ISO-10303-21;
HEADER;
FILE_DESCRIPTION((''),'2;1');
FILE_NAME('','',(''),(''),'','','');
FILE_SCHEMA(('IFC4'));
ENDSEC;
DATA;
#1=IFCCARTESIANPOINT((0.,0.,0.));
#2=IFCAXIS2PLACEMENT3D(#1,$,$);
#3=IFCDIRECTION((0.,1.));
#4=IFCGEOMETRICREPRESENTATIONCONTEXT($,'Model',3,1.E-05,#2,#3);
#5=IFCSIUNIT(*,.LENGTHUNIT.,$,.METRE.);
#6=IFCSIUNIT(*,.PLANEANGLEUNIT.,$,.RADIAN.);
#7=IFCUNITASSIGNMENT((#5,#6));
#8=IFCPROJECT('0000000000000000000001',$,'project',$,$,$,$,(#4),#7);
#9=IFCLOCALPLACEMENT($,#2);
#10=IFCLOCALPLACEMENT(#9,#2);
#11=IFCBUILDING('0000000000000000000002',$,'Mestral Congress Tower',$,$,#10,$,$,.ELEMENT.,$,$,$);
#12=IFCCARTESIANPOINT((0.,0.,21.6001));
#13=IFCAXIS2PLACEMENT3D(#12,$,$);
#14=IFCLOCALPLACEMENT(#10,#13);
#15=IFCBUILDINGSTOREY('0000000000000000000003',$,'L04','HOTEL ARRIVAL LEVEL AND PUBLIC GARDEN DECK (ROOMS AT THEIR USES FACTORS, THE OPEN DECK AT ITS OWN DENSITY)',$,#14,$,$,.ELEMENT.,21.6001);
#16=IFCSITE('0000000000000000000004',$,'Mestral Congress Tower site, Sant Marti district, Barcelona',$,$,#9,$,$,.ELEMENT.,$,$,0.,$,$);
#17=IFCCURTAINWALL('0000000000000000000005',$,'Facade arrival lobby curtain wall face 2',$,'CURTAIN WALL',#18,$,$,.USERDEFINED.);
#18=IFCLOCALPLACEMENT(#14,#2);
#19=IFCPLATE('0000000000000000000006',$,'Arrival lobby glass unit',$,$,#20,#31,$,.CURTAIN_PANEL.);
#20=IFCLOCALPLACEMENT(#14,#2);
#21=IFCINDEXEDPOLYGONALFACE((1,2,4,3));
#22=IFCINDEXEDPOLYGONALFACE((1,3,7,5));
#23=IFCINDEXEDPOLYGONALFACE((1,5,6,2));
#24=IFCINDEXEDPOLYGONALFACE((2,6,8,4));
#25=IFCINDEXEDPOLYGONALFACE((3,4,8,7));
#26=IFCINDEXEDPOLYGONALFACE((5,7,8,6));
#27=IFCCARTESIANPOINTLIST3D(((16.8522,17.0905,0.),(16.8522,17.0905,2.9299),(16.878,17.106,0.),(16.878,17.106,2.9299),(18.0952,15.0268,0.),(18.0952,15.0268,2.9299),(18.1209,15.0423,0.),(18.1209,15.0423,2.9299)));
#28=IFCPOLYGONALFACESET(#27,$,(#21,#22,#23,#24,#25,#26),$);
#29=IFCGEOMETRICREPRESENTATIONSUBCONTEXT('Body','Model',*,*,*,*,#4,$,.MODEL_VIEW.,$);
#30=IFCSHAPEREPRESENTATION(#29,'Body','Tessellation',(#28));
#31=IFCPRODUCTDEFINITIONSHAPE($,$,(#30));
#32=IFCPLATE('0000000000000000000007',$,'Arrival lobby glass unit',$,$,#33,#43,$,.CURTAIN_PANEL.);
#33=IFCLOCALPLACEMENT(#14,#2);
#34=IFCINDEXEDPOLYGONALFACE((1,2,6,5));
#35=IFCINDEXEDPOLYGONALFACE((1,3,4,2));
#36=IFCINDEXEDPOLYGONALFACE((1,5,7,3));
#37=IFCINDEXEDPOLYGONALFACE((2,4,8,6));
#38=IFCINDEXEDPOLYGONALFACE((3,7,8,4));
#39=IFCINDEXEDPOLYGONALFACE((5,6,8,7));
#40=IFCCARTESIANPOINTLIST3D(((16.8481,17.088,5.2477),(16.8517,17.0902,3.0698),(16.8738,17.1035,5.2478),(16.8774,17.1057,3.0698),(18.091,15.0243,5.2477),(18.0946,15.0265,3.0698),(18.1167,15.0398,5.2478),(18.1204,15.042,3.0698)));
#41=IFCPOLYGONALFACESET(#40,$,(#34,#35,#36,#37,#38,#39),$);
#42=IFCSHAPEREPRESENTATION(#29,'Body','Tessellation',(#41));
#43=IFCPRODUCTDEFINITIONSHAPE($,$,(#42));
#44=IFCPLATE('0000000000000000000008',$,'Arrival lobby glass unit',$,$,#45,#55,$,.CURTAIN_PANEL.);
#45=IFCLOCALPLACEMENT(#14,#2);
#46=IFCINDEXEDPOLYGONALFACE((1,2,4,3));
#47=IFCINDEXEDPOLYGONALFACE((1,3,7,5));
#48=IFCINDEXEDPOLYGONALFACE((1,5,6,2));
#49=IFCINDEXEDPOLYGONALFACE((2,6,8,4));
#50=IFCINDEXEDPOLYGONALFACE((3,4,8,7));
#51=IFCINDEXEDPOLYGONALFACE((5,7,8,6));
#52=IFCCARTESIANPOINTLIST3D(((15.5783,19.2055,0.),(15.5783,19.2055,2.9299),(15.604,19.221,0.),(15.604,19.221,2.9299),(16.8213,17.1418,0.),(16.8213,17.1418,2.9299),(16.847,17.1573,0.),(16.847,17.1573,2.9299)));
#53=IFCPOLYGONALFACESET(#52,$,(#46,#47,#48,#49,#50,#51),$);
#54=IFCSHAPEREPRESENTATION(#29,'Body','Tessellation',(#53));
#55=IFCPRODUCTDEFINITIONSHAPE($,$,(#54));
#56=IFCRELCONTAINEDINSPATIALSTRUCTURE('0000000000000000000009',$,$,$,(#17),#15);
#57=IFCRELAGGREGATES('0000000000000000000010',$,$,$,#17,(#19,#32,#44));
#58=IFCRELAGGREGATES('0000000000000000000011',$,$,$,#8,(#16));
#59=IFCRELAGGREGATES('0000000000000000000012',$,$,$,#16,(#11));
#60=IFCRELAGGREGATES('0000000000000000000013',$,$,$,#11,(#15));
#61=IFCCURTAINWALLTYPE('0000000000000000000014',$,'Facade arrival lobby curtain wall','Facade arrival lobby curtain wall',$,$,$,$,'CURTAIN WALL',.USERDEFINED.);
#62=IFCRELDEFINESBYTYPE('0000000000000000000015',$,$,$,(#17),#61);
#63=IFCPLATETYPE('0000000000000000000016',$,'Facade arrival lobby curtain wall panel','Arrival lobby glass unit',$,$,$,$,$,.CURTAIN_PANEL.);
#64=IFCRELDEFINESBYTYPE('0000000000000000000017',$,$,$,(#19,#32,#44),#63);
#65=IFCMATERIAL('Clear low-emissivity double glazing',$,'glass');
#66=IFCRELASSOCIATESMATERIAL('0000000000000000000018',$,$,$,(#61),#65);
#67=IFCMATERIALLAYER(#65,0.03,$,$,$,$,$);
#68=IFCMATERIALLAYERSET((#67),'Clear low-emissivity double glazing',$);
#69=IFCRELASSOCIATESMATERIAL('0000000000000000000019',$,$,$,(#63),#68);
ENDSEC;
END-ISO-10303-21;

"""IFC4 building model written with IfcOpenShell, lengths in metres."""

from ifc_helpers import new_model, si_unit, direction, frame, origin, origin_2d, place, context, subcontext, project, spatial, polyline, rectangle, outline, extrude, material, layer, layer_set, type_object, element, aggregate, save


model = new_model("IFC4")

# Units and contexts
model_context = context("Model", 3, precision=1e-05, world=origin(), true_north=direction((0.0, 1.0)))
body_context = subcontext(model_context, "Body", "Model", "MODEL_VIEW")
ifc_project = project(units=[si_unit("LENGTHUNIT", "METRE"), si_unit("PLANEANGLEUNIT", "RADIAN")], contexts=[model_context])

# Site, building, storey
site_placement = place(None, origin())
site = spatial("IfcSite", under=ifc_project, at=site_placement, Name="Mestral Congress Tower site, Sant Marti district, Barcelona", CompositionType="ELEMENT", RefElevation=0.0)
building_placement = place(site_placement, origin())
building = spatial("IfcBuilding", under=site, at=building_placement, Name="Mestral Congress Tower", CompositionType="ELEMENT")
storey_placement = place(building_placement, frame((0.0, 0.0, 21.6001)))
storey = spatial("IfcBuildingStorey", under=building, at=storey_placement, Name="L04", Description="HOTEL ARRIVAL LEVEL AND PUBLIC GARDEN DECK (ROOMS AT THEIR USES FACTORS, THE OPEN DECK AT ITS OWN DENSITY)", CompositionType="ELEMENT", Elevation=21.6001)

# Curtain wall
ifc_material_1 = material(Name="Clear low-emissivity double glazing", Category="glass")
curtain_wall_type = type_object("IfcCurtainWallType", Name="Facade arrival lobby curtain wall", Description="Facade arrival lobby curtain wall", ElementType="CURTAIN WALL", PredefinedType="USERDEFINED", material=ifc_material_1)
curtain_wall_placement = place(storey_placement, origin())
curtain_wall = element("IfcCurtainWall", 1, at=curtain_wall_placement, inside=storey, type_object=curtain_wall_type, Name="Facade arrival lobby curtain wall face 2", ObjectType="CURTAIN WALL", PredefinedType="USERDEFINED")

# Plates
ifc_layer_1 = layer(ifc_material_1, 0.03)
ifc_layer_set_1 = layer_set([ifc_layer_1], Name="Clear low-emissivity double glazing")
plate_type = type_object("IfcPlateType", Name="Facade arrival lobby curtain wall panel", Description="Arrival lobby glass unit", PredefinedType="CURTAIN_PANEL", material=ifc_layer_set_1)
plate_1_placement = place(storey_placement, frame((17.4866, 16.0664, 0.0), z_axis=(0.0, 0.0, 1.0), x_axis=(-0.515929, 0.856631, 0.0)))
plate_1 = element("IfcPlate", 2, at=plate_1_placement, type_object=plate_type, Name="Arrival lobby glass unit", PredefinedType="CURTAIN_PANEL", context=body_context, shape_type="SweptSolid", body=[
    extrude(rectangle(XDim=2.4092, YDim=0.03, at=origin_2d()), origin(), (0.0, 0.0, 1.0), 2.9299),
])
plate_2_placement = place(storey_placement, frame((16.8774, 17.1057, 3.0698), z_axis=(0.856632, 0.515925, 0.001961), x_axis=(0.515926, -0.856633, 0.0)))
plate_2 = element("IfcPlate", 3, at=plate_2_placement, type_object=plate_type, Name="Arrival lobby glass unit", PredefinedType="CURTAIN_PANEL", context=body_context, shape_type="SweptSolid", body=[
    extrude(outline(polyline([(0.0, 0.0), (2.4091, 0.0), (2.4091, -2.178), (0.0, -2.178), (0.0, 0.0)])), origin(), (0.0, 0.0, -1.0), 0.03),
])
plate_3_placement = place(storey_placement, frame((16.2126, 18.1814, 0.0), z_axis=(0.0, 0.0, 1.0), x_axis=(-0.515929, 0.856631, 0.0)))
plate_3 = element("IfcPlate", 4, at=plate_3_placement, type_object=plate_type, Name="Arrival lobby glass unit", PredefinedType="CURTAIN_PANEL", context=body_context, shape_type="SweptSolid", body=[
    extrude(rectangle(XDim=2.4092, YDim=0.03, at=origin_2d()), origin(), (0.0, 0.0, 1.0), 2.9299),
])
aggregate(curtain_wall, [plate_1, plate_2, plate_3])

save(model, "model.ifc")
